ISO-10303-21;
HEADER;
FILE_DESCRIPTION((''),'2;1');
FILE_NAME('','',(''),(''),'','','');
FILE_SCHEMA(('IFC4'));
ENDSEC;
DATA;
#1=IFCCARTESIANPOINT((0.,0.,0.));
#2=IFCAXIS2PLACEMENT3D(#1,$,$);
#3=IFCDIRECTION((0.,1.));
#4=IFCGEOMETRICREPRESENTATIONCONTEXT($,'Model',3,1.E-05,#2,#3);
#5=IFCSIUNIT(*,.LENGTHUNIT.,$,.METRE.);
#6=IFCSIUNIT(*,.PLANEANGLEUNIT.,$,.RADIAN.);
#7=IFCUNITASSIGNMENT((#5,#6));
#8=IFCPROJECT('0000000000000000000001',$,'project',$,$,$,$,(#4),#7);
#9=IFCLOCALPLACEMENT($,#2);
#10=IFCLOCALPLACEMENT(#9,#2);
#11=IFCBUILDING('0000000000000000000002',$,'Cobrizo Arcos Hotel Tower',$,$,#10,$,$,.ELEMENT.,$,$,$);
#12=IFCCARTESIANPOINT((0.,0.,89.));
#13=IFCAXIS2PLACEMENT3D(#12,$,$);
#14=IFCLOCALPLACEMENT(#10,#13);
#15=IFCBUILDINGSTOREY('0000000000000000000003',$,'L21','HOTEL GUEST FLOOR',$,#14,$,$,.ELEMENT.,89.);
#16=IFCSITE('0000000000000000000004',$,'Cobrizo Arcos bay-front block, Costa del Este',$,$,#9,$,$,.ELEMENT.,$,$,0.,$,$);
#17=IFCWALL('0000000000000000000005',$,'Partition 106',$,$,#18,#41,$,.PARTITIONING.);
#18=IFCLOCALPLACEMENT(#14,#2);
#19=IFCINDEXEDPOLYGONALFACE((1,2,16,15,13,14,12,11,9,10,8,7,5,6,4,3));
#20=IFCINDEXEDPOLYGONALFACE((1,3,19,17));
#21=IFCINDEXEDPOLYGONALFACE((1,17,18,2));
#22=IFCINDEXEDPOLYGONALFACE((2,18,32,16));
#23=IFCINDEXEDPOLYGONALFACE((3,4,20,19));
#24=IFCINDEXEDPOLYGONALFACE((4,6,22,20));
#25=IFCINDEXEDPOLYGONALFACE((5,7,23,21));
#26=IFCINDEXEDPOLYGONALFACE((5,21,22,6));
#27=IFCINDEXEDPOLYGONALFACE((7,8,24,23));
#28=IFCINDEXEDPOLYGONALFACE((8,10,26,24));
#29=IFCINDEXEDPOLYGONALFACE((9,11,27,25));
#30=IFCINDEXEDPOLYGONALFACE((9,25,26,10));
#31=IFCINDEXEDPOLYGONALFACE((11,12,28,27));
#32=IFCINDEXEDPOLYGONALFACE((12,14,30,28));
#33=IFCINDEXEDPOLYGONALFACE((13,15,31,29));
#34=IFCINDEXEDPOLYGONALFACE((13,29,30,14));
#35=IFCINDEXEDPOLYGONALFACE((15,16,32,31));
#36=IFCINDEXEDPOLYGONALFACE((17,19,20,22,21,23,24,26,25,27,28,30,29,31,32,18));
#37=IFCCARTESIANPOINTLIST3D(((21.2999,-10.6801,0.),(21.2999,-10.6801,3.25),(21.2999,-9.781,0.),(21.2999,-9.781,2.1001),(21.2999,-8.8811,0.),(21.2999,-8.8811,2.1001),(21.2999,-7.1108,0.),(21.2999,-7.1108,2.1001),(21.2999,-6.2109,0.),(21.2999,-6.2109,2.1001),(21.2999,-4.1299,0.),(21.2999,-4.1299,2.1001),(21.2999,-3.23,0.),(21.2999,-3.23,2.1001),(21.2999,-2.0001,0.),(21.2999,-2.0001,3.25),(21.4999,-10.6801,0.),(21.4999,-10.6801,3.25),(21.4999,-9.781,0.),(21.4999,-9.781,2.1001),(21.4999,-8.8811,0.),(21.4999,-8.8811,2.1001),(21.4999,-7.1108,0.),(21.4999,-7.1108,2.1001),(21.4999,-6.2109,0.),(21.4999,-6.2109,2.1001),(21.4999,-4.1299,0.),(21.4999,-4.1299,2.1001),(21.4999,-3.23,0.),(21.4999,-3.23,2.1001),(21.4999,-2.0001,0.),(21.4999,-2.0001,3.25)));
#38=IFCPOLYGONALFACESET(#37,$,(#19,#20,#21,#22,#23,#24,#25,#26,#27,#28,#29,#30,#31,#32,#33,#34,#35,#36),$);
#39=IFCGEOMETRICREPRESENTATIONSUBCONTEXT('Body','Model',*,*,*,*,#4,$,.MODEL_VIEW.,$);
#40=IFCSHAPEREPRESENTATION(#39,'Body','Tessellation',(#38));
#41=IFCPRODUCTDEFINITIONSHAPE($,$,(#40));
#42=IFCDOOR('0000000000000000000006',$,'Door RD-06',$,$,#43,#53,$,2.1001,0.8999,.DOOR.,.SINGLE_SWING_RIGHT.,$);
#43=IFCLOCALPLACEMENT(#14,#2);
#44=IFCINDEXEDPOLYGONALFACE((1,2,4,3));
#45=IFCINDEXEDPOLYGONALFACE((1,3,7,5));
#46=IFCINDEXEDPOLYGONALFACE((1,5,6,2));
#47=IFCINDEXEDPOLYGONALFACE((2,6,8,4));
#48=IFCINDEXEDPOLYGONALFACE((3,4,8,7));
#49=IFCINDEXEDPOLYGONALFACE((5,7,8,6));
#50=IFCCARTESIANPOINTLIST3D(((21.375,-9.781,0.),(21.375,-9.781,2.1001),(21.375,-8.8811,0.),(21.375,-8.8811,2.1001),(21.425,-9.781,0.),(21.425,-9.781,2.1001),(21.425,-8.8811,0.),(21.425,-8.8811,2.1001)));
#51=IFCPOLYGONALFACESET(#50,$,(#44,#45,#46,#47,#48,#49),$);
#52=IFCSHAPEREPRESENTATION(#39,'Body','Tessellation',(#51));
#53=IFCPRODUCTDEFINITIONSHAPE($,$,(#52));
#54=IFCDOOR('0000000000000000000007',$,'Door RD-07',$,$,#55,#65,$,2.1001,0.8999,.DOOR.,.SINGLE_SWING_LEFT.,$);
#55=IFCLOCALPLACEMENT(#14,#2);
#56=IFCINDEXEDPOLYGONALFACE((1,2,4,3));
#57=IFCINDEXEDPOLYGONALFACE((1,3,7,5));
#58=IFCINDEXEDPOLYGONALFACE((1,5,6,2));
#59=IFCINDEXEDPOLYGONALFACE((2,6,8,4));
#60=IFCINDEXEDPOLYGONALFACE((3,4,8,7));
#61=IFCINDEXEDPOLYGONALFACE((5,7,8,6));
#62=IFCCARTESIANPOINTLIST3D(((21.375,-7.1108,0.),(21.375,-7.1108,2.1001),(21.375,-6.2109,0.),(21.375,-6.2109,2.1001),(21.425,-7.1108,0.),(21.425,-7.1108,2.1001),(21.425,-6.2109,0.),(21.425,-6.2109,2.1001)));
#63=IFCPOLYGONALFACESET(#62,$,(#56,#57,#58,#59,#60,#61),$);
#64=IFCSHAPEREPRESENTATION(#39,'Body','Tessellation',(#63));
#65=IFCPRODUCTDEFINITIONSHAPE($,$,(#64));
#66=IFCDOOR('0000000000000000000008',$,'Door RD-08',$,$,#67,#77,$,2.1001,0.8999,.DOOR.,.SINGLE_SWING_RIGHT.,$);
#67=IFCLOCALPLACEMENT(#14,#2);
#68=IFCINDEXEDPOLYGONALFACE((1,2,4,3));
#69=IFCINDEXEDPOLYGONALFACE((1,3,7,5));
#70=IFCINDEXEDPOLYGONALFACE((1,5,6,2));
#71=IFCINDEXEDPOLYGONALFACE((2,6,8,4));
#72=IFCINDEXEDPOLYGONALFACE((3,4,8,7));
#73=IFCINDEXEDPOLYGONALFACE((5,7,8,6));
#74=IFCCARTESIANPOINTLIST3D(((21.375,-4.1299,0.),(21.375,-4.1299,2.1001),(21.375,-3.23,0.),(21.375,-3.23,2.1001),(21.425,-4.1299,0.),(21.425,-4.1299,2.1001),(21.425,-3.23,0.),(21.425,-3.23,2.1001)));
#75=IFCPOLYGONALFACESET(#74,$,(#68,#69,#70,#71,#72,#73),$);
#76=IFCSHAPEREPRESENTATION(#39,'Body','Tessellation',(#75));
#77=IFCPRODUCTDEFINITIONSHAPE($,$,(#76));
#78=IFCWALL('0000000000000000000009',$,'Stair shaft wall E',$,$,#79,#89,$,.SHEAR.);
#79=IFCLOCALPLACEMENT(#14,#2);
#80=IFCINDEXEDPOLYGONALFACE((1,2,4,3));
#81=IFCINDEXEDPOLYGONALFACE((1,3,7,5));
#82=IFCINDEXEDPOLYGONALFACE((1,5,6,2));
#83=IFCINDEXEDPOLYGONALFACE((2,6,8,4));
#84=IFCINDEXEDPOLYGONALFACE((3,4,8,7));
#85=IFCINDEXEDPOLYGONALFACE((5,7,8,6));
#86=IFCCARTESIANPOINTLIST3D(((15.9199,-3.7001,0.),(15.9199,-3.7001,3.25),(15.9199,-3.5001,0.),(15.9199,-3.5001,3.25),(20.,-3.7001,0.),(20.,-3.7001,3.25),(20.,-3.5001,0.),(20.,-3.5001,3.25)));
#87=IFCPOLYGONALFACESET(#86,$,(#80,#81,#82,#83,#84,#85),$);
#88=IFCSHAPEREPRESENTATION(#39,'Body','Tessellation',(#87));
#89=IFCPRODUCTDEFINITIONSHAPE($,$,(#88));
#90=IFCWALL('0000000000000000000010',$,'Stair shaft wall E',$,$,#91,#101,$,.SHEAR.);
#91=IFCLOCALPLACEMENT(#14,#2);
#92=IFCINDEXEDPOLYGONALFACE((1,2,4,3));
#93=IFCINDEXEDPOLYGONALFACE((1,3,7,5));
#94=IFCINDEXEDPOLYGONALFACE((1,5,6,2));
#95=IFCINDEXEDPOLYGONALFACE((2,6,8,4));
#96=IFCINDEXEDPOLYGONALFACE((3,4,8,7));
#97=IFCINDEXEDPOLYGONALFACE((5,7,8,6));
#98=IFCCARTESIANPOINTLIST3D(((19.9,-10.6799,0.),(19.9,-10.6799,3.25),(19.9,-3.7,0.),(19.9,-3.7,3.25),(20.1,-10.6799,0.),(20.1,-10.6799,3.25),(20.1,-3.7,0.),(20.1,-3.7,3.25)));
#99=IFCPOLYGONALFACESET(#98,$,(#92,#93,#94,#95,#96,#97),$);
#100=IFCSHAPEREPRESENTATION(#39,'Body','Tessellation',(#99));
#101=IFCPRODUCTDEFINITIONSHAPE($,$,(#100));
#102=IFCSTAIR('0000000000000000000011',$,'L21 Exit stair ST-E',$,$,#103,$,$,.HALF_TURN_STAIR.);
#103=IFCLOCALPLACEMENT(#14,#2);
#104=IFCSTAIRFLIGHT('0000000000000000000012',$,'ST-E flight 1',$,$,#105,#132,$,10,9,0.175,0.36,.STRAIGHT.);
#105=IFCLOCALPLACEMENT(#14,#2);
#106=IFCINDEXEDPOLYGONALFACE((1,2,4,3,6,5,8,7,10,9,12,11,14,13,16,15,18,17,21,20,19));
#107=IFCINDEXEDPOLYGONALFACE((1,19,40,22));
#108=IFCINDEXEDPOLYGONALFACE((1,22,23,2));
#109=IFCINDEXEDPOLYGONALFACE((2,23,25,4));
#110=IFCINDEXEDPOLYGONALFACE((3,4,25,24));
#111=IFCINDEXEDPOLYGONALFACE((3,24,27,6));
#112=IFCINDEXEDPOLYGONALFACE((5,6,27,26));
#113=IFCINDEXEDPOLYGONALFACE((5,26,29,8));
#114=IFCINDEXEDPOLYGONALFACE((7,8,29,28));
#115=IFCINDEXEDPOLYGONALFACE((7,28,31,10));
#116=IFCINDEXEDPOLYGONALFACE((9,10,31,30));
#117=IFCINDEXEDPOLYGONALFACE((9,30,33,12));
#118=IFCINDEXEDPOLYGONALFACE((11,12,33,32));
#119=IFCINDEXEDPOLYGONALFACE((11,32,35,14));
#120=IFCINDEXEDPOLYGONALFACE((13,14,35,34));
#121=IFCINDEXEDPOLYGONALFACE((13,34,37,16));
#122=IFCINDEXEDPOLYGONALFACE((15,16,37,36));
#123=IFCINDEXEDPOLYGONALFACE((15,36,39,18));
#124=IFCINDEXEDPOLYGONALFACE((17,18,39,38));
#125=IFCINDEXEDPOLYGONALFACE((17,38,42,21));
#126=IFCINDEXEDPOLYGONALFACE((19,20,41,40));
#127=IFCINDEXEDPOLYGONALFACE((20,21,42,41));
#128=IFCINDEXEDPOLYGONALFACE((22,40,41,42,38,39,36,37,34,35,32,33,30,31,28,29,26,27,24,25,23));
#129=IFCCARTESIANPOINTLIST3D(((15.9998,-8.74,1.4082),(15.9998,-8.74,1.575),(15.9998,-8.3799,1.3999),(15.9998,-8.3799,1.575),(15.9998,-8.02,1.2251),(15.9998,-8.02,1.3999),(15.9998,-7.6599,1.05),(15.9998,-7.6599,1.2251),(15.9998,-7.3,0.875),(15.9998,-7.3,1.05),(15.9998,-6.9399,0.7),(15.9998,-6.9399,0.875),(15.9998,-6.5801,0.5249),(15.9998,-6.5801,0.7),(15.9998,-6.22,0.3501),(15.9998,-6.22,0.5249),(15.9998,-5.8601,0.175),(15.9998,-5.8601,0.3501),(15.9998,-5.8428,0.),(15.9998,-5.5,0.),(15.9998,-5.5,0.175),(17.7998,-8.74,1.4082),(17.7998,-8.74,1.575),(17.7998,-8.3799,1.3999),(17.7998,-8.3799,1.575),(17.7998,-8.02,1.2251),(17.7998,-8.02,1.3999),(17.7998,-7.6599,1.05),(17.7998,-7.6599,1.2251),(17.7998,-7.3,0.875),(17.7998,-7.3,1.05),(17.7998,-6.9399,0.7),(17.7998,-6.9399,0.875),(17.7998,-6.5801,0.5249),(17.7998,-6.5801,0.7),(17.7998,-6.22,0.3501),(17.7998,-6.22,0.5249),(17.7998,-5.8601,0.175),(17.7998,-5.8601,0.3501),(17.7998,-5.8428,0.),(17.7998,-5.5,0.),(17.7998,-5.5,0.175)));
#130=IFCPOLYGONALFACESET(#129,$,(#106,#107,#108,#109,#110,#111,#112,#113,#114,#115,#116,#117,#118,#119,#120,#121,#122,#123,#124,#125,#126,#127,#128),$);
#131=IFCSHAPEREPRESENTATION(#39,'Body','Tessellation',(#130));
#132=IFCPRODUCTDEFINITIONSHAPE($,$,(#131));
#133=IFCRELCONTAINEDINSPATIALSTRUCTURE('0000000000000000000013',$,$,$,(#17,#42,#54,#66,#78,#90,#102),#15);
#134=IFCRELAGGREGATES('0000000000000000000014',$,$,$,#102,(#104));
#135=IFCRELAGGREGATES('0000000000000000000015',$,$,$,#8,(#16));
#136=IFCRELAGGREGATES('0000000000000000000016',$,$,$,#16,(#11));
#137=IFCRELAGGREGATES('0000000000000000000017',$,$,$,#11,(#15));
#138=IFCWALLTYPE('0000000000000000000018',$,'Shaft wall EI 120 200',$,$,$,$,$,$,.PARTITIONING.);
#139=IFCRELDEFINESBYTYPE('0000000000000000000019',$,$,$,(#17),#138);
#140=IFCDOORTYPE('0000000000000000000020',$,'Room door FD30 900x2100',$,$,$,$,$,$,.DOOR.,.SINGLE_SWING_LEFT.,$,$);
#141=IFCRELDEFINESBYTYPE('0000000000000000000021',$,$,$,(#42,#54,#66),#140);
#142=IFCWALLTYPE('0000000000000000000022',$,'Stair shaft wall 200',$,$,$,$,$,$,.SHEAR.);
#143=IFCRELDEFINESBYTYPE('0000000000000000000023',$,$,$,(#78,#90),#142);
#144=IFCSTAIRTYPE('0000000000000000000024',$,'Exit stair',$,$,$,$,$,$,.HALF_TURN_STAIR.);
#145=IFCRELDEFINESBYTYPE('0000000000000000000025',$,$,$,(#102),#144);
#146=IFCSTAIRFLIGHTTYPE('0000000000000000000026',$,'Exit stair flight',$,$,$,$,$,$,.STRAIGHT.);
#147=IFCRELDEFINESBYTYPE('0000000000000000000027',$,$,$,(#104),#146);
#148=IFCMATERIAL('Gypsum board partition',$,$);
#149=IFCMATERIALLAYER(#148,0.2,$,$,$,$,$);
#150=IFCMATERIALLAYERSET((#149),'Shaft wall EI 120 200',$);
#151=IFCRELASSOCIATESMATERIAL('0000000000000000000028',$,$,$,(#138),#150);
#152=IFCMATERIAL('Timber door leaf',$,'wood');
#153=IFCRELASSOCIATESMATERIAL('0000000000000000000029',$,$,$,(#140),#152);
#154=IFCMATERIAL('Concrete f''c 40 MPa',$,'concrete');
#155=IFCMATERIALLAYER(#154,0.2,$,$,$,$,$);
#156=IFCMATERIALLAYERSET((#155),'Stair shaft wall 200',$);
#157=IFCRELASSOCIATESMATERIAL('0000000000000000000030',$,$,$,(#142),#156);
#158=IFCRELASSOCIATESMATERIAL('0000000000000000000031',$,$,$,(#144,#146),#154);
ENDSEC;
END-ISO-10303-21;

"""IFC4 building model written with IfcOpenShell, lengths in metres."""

from ifc_helpers import new_model, si_unit, direction, frame, frame_2d, origin, place, context, subcontext, project, spatial, polyline, rectangle, outline, extrude, material, layer, layer_set, type_object, element, fill, aggregate, save


model = new_model("IFC4")

# Units and contexts
model_context = context("Model", 3, precision=1e-05, world=origin(), true_north=direction((0.0, 1.0)))
body_context = subcontext(model_context, "Body", "Model", "MODEL_VIEW")
ifc_project = project(units=[si_unit("LENGTHUNIT", "METRE"), si_unit("PLANEANGLEUNIT", "RADIAN")], contexts=[model_context])

# Site, building, storey
site_placement = place(None, origin())
site = spatial("IfcSite", under=ifc_project, at=site_placement, Name="Cobrizo Arcos bay-front block, Costa del Este", CompositionType="ELEMENT", RefElevation=0.0)
building_placement = place(site_placement, origin())
building = spatial("IfcBuilding", under=site, at=building_placement, Name="Cobrizo Arcos Hotel Tower", CompositionType="ELEMENT")
storey_placement = place(building_placement, frame((0.0, 0.0, 89.0)))
storey = spatial("IfcBuildingStorey", under=building, at=storey_placement, Name="L21", Description="HOTEL GUEST FLOOR", CompositionType="ELEMENT", Elevation=89.0)

# Shared definitions
ifc_material_1 = material(Name="Gypsum board partition")

# Shared definitions
ifc_layer_1 = layer(ifc_material_1, 0.2)
ifc_layer_set_1 = layer_set([ifc_layer_1], Name="Shaft wall EI 120 200")
wall_type_1 = type_object("IfcWallType", Name="Shaft wall EI 120 200", PredefinedType="PARTITIONING", material=ifc_layer_set_1)
ifc_material_2 = material(Name="Timber door leaf", Category="wood")
door_type_1 = type_object("IfcDoorType", Name="Room door FD30 900x2100", OperationType="SINGLE_SWING_LEFT", PredefinedType="DOOR", material=ifc_material_2)

# Wall, openings, doors
wall_1_placement = place(storey_placement, frame((21.3999, -10.6799, 0.0), z_axis=(0.0, 0.0, 1.0), x_axis=(0.0, 1.0, 0.0)))
wall_1 = element("IfcWall", 1, at=wall_1_placement, inside=storey, type_object=wall_type_1, Name="Partition 106", PredefinedType="PARTITIONING", context=body_context, shape_type="SweptSolid", body=[
    extrude(rectangle(XDim=8.6799, YDim=0.2, at=frame_2d((4.3398, 0.0))), origin(), (0.0, 0.0, 1.0), 3.25),
])
opening_1_placement = place(wall_1_placement, frame((0.8989, 0.0, 0.0)))
opening_1 = element("IfcOpeningElement", 2, at=opening_1_placement, cuts=wall_1, PredefinedType="OPENING", context=body_context, shape_type="SweptSolid", body=[
    extrude(rectangle(XDim=0.8999, YDim=2.1001, at=frame_2d((0.45, 1.05))), frame((0.0, 0.1121, 0.0), z_axis=(0.0, -1.0, 0.0), x_axis=(1.0, 0.0, 0.0)), (0.0, 0.0, 1.0), 0.2239),
])
opening_2_placement = place(wall_1_placement, frame((3.5691, 0.0, 0.0)))
opening_2 = element("IfcOpeningElement", 3, at=opening_2_placement, cuts=wall_1, PredefinedType="OPENING", context=body_context, shape_type="SweptSolid", body=[
    extrude(rectangle(XDim=0.8999, YDim=2.1001, at=frame_2d((0.45, 1.05))), frame((0.0, 0.1121, 0.0), z_axis=(0.0, -1.0, 0.0), x_axis=(1.0, 0.0, 0.0)), (0.0, 0.0, 1.0), 0.2239),
])
opening_3_placement = place(wall_1_placement, frame((6.55, 0.0, 0.0)))
opening_3 = element("IfcOpeningElement", 4, at=opening_3_placement, cuts=wall_1, PredefinedType="OPENING", context=body_context, shape_type="SweptSolid", body=[
    extrude(rectangle(XDim=0.8999, YDim=2.1001, at=frame_2d((0.45, 1.05))), frame((0.0, 0.1121, 0.0), z_axis=(0.0, -1.0, 0.0), x_axis=(1.0, 0.0, 0.0)), (0.0, 0.0, 1.0), 0.2239),
])
door_1_placement = place(opening_1_placement, origin())
door_1 = element("IfcDoor", 5, at=door_1_placement, inside=storey, type_object=door_type_1, Name="Door RD-06", OperationType="SINGLE_SWING_RIGHT", OverallHeight=2.1001, OverallWidth=0.8999, PredefinedType="DOOR", context=body_context, shape_type="SweptSolid", body=[
    extrude(rectangle(XDim=0.8999, YDim=2.1001, at=frame_2d((0.45, 1.05))), frame((0.0, 0.0249, 0.0), z_axis=(0.0, -1.0, 0.0), x_axis=(1.0, 0.0, 0.0)), (0.0, 0.0, 1.0), 0.05),
])
fill(opening_1, door_1)
door_2_placement = place(opening_2_placement, origin())
door_2 = element("IfcDoor", 6, at=door_2_placement, inside=storey, type_object=door_type_1, Name="Door RD-07", OperationType="SINGLE_SWING_LEFT", OverallHeight=2.1001, OverallWidth=0.8999, PredefinedType="DOOR", context=body_context, shape_type="SweptSolid", body=[
    extrude(rectangle(XDim=0.8999, YDim=2.1001, at=frame_2d((0.45, 1.05))), frame((0.0, 0.0249, 0.0), z_axis=(0.0, -1.0, 0.0), x_axis=(1.0, 0.0, 0.0)), (0.0, 0.0, 1.0), 0.05),
])
fill(opening_2, door_2)
door_3_placement = place(opening_3_placement, origin())
door_3 = element("IfcDoor", 7, at=door_3_placement, inside=storey, type_object=door_type_1, Name="Door RD-08", OperationType="SINGLE_SWING_RIGHT", OverallHeight=2.1001, OverallWidth=0.8999, PredefinedType="DOOR", context=body_context, shape_type="SweptSolid", body=[
    extrude(rectangle(XDim=0.8999, YDim=2.1001, at=frame_2d((0.45, 1.05))), frame((0.0, 0.0249, 0.0), z_axis=(0.0, -1.0, 0.0), x_axis=(1.0, 0.0, 0.0)), (0.0, 0.0, 1.0), 0.05),
])
fill(opening_3, door_3)

# Walls
ifc_material_3 = material(Name="Concrete f'c 40 MPa", Category="concrete")
ifc_layer_2 = layer(ifc_material_3, 0.2)
ifc_layer_set_2 = layer_set([ifc_layer_2], Name="Stair shaft wall 200")
wall_type_2 = type_object("IfcWallType", Name="Stair shaft wall 200", PredefinedType="SHEAR", material=ifc_layer_set_2)
wall_2_placement = place(storey_placement, frame((15.9199, -3.6001, 0.0), z_axis=(0.0, 0.0, 1.0), x_axis=(1.0, 0.0, 0.0)))
element("IfcWall", 8, at=wall_2_placement, inside=storey, type_object=wall_type_2, Name="Stair shaft wall E", PredefinedType="SHEAR", context=body_context, shape_type="SweptSolid", body=[
    extrude(rectangle(XDim=4.0801, YDim=0.2, at=frame_2d((2.04, 0.0))), origin(), (0.0, 0.0, 1.0), 3.25),
])
wall_3_placement = place(storey_placement, frame((20.0, -10.6799, 0.0), z_axis=(0.0, 0.0, 1.0), x_axis=(0.0, 1.0, 0.0)))
element("IfcWall", 9, at=wall_3_placement, inside=storey, type_object=wall_type_2, Name="Stair shaft wall E", PredefinedType="SHEAR", context=body_context, shape_type="SweptSolid", body=[
    extrude(rectangle(XDim=6.98, YDim=0.2, at=frame_2d((3.49, 0.0))), origin(), (0.0, 0.0, 1.0), 3.25),
])

# Stair, stair flight
stair_type = type_object("IfcStairType", Name="Exit stair", PredefinedType="HALF_TURN_STAIR", material=ifc_material_3)
stair_placement = place(storey_placement, origin())
stair = element("IfcStair", 10, at=stair_placement, inside=storey, type_object=stair_type, Name="L21 Exit stair ST-E", PredefinedType="HALF_TURN_STAIR")
stair_flight_type = type_object("IfcStairFlightType", Name="Exit stair flight", PredefinedType="STRAIGHT", material=ifc_material_3)
stair_flight_placement = place(storey_placement, frame((16.8999, -5.5, 0.0), z_axis=(0.0, 0.0, 1.0), x_axis=(0.0, -1.0, 0.0)))
stair_flight = element("IfcStairFlight", 11, at=stair_flight_placement, type_object=stair_flight_type, Name="ST-E flight 1", NumberOfRisers=10, NumberOfTreads=9, PredefinedType="STRAIGHT", RiserHeight=0.175, TreadLength=0.36, context=body_context, shape_type="SweptSolid", body=[
    extrude(outline(polyline([(0.0, 0.0), (0.0, 0.175), (0.3601, 0.175), (0.3601, 0.3501), (0.72, 0.3501), (0.72, 0.5249), (1.0801, 0.5249), (1.0801, 0.7), (1.4399, 0.7), (1.4399, 0.875), (1.8, 0.875), (1.8, 1.05), (2.1599, 1.05), (2.1599, 1.2251), (2.52, 1.2251), (2.52, 1.3999), (2.8799, 1.3999), (2.8799, 1.575), (3.24, 1.575), (3.24, 1.75), (3.24, 1.4082), (0.3428, 0.0), (0.0, 0.0)])), frame((0.0, 0.8999, 0.0), z_axis=(0.0, -1.0, 0.0), x_axis=(1.0, 0.0, 0.0)), (0.0, 0.0, 1.0), 1.8),
])
aggregate(stair, [stair_flight])

save(model, "model.ifc")
